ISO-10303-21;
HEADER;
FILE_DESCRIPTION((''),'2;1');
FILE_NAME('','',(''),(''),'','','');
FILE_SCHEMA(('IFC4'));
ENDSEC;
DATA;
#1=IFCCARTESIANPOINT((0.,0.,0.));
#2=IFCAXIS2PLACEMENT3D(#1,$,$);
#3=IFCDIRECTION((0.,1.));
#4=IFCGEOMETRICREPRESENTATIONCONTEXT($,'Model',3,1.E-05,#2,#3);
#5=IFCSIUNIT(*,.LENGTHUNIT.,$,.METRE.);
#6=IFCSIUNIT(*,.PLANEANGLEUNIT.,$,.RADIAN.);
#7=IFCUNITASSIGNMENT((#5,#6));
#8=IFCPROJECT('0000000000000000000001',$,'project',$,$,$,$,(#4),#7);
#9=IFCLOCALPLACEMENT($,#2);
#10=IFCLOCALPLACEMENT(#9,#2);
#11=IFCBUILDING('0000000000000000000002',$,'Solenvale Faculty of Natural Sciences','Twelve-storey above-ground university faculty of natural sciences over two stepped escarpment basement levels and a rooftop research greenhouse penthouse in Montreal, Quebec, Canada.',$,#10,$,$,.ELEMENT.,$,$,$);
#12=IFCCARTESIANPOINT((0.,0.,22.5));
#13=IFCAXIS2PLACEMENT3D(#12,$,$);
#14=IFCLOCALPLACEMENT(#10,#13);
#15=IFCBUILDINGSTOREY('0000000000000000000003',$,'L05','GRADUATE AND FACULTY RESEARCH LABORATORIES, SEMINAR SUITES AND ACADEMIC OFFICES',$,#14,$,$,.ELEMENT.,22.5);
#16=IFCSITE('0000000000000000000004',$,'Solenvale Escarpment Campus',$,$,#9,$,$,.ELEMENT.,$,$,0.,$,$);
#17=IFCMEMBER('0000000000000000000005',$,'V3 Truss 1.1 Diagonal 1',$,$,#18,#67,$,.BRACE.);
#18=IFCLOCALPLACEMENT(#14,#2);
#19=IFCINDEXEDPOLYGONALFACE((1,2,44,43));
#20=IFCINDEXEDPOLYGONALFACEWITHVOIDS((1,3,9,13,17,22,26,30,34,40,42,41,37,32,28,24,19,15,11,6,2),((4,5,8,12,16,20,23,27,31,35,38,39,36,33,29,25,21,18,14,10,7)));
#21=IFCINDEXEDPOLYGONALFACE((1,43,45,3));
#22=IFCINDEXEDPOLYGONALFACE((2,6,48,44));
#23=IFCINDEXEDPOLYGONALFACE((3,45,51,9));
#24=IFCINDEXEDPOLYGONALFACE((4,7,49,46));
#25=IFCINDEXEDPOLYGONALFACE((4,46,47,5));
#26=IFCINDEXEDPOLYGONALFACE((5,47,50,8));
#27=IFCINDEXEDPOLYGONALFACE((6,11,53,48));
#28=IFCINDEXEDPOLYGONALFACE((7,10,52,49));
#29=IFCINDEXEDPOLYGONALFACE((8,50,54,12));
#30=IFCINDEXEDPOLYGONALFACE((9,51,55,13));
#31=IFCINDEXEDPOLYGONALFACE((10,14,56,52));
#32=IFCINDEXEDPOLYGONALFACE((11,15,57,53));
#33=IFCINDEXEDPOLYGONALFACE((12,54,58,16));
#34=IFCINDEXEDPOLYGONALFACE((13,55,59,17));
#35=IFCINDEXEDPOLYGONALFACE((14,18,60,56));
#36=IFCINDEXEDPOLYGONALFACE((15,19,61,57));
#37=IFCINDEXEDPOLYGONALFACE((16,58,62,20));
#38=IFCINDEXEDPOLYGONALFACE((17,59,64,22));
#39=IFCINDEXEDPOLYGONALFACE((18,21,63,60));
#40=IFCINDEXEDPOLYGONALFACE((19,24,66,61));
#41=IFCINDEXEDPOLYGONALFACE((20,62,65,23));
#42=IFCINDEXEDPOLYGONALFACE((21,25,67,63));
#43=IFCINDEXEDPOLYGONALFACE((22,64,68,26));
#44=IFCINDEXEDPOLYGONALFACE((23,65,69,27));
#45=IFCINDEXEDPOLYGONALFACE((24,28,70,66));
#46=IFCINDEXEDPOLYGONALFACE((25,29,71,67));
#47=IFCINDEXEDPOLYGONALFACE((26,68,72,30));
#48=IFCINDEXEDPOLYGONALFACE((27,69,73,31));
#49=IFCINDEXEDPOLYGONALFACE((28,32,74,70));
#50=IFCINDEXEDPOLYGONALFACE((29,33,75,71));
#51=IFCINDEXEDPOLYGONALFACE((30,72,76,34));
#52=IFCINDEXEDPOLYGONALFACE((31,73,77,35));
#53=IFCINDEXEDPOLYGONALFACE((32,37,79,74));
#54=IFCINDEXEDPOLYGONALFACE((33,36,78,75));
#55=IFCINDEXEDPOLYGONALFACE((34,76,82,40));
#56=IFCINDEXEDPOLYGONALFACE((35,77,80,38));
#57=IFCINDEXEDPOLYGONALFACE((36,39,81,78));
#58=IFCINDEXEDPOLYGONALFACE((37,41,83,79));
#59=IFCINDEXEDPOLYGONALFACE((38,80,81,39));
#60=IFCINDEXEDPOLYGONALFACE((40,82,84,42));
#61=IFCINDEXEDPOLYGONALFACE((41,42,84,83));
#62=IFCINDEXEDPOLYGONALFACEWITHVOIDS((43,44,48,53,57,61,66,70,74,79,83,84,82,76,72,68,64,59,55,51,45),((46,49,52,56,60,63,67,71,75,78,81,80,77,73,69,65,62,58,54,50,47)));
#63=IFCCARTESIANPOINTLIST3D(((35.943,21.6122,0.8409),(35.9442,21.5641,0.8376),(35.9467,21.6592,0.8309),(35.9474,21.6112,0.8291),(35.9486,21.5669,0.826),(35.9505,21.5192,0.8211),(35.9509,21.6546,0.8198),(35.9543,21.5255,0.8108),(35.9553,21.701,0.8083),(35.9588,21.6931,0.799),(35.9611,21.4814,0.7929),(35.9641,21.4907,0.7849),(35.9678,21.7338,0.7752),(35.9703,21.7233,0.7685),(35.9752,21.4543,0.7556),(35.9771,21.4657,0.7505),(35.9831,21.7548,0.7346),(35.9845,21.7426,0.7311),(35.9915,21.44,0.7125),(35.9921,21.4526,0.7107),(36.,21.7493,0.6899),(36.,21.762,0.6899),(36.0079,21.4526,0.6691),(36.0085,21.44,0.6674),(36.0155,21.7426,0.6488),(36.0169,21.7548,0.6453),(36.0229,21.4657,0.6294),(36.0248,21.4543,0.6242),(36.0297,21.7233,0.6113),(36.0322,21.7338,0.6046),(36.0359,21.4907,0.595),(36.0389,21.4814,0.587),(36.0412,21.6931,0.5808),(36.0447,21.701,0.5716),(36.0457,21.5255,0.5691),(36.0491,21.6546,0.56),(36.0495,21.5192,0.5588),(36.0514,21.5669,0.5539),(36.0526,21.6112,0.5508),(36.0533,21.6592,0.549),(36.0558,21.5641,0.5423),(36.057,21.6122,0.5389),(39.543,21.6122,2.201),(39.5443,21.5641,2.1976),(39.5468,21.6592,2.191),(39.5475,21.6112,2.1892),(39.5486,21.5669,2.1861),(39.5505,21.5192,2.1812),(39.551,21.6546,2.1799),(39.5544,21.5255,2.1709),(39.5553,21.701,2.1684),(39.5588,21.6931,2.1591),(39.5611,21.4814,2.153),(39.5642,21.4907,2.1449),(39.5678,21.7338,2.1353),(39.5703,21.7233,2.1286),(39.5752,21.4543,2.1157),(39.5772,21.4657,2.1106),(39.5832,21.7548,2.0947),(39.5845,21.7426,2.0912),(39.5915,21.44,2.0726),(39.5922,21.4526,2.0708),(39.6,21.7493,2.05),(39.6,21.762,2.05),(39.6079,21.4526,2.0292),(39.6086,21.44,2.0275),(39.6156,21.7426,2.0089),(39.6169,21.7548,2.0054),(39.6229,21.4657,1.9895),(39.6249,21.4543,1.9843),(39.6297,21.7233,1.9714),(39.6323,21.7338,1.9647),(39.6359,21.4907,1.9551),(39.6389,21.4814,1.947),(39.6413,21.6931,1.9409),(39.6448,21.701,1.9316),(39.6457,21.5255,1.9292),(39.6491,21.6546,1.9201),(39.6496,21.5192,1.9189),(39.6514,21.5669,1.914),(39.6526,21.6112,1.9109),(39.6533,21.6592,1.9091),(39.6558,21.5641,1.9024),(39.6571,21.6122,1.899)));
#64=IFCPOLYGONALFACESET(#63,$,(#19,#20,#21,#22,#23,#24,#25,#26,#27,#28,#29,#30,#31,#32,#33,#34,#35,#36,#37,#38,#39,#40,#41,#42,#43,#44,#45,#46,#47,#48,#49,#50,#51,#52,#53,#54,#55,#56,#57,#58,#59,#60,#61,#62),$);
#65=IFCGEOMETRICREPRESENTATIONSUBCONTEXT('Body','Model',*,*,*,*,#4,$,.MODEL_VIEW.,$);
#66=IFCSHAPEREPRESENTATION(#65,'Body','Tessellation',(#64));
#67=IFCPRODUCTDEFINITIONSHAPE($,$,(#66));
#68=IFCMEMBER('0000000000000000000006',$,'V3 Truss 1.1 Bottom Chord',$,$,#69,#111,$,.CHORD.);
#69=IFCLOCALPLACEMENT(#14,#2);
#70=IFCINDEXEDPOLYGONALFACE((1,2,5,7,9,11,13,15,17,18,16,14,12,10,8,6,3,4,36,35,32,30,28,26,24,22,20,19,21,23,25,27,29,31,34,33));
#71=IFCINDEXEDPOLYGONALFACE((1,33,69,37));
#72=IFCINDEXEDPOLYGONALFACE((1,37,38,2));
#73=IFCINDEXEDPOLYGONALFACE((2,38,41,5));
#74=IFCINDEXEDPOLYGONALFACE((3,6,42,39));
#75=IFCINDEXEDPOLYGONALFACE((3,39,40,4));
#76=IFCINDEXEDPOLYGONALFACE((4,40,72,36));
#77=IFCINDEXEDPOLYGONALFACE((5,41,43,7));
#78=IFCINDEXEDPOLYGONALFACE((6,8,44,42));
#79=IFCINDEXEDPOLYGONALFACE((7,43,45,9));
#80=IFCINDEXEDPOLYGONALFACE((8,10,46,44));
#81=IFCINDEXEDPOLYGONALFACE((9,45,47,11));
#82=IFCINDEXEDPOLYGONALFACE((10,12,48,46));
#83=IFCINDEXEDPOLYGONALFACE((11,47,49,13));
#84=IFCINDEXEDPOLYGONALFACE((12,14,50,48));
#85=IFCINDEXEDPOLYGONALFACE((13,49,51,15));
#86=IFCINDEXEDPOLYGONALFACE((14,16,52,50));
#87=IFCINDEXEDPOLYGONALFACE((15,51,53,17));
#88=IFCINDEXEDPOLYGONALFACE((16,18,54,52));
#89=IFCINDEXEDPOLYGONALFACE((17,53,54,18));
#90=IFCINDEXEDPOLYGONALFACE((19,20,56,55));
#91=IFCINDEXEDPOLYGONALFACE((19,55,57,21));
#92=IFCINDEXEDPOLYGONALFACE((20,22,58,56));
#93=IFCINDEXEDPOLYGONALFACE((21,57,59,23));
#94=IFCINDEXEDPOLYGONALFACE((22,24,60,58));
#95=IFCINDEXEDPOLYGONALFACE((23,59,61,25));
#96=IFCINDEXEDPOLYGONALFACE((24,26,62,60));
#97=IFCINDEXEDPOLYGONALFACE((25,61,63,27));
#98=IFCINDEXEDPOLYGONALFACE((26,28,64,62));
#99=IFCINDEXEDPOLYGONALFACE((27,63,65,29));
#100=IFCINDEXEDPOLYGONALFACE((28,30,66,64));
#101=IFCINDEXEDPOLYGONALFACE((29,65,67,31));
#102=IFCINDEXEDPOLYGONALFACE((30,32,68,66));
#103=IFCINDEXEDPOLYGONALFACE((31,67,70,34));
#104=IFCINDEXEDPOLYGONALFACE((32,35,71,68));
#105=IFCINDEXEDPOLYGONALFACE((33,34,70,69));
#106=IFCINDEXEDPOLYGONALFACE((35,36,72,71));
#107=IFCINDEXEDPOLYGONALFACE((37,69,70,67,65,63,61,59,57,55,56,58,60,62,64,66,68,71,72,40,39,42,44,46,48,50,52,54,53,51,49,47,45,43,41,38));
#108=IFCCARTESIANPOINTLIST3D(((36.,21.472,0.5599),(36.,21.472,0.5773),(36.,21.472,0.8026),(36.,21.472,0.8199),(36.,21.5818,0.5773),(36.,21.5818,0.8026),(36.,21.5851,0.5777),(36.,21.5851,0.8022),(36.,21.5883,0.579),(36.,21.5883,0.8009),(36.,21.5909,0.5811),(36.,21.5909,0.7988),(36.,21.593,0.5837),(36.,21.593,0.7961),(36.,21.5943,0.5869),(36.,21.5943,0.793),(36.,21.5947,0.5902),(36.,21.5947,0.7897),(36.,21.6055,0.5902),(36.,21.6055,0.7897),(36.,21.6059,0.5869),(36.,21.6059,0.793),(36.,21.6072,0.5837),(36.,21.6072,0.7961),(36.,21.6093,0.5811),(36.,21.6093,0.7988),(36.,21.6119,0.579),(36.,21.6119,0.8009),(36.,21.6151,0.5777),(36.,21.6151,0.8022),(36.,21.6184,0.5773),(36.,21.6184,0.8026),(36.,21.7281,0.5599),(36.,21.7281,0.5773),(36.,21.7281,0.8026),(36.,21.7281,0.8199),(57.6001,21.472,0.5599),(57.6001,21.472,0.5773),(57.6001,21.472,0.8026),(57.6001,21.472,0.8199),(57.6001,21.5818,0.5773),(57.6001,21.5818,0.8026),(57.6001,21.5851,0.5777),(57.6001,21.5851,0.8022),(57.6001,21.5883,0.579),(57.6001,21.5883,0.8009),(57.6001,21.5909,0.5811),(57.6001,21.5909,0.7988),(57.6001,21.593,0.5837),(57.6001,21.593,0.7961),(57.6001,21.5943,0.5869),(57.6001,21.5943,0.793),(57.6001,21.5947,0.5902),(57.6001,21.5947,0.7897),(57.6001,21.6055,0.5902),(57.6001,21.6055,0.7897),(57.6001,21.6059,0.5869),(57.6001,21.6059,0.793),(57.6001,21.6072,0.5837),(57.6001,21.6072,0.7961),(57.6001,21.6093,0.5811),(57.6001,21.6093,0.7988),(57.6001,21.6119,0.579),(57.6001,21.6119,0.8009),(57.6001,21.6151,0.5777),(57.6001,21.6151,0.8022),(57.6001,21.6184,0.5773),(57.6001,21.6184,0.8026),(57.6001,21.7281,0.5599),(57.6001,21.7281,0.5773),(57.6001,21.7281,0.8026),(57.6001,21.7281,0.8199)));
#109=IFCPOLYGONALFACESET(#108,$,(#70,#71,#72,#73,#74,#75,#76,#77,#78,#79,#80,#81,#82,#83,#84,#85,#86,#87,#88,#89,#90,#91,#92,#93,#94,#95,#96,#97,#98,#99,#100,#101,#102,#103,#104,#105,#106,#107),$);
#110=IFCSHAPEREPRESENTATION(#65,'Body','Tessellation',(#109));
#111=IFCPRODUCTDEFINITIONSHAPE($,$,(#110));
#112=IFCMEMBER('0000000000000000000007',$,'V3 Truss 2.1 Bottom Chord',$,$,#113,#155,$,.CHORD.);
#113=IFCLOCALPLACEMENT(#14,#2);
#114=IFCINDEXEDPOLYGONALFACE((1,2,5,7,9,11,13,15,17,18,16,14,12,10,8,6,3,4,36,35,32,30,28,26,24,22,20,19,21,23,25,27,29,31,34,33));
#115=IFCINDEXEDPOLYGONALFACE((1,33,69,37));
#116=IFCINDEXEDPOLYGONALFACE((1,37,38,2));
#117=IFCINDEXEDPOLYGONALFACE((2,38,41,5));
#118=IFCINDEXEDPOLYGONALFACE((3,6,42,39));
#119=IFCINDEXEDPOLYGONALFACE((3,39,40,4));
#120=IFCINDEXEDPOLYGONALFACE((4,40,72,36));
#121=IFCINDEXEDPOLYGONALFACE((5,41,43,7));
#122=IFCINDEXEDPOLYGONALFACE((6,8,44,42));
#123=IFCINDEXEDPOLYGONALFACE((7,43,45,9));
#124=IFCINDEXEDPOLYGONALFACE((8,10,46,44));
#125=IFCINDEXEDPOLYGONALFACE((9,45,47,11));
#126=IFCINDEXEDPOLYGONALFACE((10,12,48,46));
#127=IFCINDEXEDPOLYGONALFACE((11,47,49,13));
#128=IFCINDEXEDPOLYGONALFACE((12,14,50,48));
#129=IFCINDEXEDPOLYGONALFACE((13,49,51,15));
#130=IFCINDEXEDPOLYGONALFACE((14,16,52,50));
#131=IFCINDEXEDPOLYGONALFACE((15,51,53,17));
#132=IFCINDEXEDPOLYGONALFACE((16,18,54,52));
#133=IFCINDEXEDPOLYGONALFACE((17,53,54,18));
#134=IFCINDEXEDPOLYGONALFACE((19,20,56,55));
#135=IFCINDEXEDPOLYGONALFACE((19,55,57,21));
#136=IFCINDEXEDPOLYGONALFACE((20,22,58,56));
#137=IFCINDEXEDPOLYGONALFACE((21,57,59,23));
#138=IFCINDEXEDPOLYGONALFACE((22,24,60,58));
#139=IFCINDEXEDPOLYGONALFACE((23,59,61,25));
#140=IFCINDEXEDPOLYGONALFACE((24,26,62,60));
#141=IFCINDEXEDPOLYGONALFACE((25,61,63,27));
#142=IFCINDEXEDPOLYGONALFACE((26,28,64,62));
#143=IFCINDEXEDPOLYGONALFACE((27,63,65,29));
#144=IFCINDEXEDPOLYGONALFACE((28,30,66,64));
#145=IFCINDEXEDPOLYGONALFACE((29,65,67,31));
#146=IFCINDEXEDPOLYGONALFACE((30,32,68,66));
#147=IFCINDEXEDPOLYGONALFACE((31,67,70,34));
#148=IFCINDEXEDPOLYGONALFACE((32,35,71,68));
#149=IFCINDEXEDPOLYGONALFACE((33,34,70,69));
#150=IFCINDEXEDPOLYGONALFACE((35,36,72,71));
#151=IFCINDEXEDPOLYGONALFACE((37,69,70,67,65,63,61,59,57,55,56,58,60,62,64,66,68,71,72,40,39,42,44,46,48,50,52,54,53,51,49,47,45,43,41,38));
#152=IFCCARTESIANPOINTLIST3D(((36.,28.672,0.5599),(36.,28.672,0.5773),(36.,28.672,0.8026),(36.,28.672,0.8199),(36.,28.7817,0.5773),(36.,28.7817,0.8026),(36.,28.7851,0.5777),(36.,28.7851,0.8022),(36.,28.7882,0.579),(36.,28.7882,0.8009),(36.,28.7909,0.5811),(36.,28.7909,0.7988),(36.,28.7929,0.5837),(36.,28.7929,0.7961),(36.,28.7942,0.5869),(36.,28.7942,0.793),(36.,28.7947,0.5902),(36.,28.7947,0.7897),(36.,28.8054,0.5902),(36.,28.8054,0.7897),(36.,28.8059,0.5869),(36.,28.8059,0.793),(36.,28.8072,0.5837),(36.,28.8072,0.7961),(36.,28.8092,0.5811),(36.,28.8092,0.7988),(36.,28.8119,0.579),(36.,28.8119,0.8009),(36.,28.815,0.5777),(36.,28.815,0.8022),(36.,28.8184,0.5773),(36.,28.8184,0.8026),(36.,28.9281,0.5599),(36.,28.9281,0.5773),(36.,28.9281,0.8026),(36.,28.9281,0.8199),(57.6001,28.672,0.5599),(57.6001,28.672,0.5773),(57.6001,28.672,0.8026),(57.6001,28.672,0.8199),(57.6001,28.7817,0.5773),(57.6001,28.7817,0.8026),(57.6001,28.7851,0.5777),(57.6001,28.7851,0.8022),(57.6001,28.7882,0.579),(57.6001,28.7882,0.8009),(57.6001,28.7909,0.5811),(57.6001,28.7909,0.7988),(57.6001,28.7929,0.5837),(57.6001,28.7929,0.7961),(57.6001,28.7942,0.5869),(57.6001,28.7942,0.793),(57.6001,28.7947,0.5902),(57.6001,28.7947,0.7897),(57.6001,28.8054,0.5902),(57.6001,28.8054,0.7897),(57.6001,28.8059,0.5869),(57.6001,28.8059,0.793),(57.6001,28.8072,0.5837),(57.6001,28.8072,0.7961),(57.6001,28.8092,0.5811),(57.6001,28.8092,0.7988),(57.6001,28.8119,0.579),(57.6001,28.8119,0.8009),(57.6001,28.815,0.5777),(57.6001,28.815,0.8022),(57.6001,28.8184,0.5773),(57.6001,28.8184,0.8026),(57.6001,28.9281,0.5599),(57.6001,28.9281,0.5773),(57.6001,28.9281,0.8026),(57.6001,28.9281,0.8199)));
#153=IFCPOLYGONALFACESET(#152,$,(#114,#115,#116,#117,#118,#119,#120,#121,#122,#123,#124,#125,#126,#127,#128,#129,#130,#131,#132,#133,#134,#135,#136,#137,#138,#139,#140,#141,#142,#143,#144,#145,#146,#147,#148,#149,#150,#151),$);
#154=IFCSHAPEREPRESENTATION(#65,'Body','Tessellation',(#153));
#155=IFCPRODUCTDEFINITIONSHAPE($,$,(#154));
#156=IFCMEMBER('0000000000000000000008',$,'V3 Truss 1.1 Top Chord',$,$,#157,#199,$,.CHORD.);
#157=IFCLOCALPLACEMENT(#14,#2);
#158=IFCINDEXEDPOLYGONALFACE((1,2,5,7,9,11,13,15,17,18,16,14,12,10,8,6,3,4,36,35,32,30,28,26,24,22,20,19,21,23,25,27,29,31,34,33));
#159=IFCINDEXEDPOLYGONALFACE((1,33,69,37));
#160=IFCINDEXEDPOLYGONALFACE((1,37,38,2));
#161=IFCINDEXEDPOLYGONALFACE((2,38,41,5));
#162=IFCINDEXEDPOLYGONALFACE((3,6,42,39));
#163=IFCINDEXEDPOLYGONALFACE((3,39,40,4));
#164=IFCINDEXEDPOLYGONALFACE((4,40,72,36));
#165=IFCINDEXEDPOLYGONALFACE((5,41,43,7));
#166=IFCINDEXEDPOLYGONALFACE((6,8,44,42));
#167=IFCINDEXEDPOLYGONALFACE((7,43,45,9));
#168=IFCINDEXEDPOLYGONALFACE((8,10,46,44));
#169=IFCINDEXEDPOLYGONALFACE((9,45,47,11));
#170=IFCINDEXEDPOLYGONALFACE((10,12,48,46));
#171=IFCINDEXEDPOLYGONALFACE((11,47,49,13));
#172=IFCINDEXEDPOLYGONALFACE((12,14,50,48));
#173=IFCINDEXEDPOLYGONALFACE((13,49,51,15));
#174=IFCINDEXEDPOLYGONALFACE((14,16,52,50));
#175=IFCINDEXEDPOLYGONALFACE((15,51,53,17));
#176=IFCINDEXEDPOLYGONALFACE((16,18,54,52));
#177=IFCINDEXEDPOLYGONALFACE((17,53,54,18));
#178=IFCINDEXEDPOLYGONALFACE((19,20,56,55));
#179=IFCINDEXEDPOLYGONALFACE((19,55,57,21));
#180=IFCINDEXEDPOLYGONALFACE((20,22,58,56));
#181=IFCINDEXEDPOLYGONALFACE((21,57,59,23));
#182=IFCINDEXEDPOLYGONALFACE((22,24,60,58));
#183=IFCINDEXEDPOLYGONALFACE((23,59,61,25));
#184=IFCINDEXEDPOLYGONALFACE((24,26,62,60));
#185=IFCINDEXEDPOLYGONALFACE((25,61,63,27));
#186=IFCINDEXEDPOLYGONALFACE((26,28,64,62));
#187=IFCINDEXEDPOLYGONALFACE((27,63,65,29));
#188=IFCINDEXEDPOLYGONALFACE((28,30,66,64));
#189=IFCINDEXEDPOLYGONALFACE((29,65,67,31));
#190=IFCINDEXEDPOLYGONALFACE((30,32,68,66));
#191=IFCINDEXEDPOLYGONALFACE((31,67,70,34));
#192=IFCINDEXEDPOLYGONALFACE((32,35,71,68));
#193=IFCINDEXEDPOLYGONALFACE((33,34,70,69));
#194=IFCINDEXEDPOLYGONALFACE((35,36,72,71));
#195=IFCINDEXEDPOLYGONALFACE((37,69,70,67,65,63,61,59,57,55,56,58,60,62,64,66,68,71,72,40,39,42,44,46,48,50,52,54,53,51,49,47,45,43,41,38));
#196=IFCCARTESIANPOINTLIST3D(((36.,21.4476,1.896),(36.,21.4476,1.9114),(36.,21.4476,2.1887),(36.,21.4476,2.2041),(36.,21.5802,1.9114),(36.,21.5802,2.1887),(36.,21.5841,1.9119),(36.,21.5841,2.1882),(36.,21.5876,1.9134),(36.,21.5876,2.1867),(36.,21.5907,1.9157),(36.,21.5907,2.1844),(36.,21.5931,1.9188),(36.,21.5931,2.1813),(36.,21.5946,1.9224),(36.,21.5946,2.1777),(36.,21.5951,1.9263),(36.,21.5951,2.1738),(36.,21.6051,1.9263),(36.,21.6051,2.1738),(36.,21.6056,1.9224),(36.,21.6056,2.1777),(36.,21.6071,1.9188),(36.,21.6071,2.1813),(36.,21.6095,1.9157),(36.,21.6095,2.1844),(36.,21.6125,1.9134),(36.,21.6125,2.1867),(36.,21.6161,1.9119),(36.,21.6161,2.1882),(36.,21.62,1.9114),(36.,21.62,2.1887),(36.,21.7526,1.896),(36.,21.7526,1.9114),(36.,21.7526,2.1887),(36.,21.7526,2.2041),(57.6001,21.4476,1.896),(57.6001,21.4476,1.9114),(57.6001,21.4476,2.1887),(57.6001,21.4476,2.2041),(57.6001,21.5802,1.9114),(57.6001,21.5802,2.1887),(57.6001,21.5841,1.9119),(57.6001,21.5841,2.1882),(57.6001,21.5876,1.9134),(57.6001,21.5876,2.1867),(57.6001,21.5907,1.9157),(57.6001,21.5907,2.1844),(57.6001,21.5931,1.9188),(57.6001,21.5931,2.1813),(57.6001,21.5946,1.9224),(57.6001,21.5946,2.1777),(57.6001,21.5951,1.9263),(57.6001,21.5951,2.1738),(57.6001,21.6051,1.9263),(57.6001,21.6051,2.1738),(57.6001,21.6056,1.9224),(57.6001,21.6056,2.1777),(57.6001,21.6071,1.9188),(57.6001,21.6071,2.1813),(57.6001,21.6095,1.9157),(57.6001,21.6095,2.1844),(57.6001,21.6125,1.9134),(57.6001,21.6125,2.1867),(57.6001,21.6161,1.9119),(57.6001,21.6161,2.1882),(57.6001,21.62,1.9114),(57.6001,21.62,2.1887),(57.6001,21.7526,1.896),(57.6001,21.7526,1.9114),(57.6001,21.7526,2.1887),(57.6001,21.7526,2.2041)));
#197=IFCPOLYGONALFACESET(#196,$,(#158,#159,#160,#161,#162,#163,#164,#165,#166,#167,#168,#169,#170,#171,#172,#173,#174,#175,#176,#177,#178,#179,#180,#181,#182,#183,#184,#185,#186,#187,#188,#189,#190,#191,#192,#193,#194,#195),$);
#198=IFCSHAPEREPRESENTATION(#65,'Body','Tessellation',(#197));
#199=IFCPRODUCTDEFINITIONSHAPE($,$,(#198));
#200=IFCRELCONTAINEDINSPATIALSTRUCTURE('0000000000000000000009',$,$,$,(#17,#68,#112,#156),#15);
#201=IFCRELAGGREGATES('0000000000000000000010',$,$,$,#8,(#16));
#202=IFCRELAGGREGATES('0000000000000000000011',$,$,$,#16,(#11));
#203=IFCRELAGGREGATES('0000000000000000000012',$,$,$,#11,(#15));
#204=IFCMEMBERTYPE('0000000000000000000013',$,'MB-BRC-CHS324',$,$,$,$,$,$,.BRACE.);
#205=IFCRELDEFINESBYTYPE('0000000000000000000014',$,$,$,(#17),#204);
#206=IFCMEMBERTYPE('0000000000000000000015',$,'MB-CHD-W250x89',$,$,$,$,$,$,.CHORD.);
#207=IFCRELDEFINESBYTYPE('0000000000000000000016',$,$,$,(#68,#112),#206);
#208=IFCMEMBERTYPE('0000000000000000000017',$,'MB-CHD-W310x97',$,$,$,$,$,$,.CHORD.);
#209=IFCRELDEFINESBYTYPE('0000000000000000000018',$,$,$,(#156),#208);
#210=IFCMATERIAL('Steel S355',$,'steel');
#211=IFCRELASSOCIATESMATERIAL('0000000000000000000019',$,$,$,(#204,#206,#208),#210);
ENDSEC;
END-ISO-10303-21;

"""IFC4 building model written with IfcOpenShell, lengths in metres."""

from ifc_helpers import new_model, si_unit, direction, frame, origin, origin_2d, place, context, subcontext, project, spatial, hollow_circle, i_section, extrude, material, material_profile, profile_set, type_object, element, save


model = new_model("IFC4")

# Units and contexts
model_context = context("Model", 3, precision=1e-05, world=origin(), true_north=direction((0.0, 1.0)))
body_context = subcontext(model_context, "Body", "Model", "MODEL_VIEW")
ifc_project = project(units=[si_unit("LENGTHUNIT", "METRE"), si_unit("PLANEANGLEUNIT", "RADIAN")], contexts=[model_context])

# Site, building, storey
site_placement = place(None, origin())
site = spatial("IfcSite", under=ifc_project, at=site_placement, Name="Solenvale Escarpment Campus", CompositionType="ELEMENT", RefElevation=0.0)
building_placement = place(site_placement, origin())
building = spatial("IfcBuilding", under=site, at=building_placement, Name="Solenvale Faculty of Natural Sciences", Description="Twelve-storey above-ground university faculty of natural sciences over two stepped escarpment basement levels and a rooftop research greenhouse penthouse in Montreal, Quebec, Canada.", CompositionType="ELEMENT")
storey_placement = place(building_placement, frame((0.0, 0.0, 22.5)))
storey = spatial("IfcBuildingStorey", under=building, at=storey_placement, Name="L05", Description="GRADUATE AND FACULTY RESEARCH LABORATORIES, SEMINAR SUITES AND ACADEMIC OFFICES", CompositionType="ELEMENT", Elevation=22.5)

# Shared definitions
ifc_material_1 = material(Name="Steel S355", Category="steel")

# Members
ifc_material_profile_1 = material_profile(ifc_material_1, hollow_circle(Radius=0.1619, WallThickness=0.0127, at=origin_2d()), Name="HSS324x13")
ifc_profile_set_1 = profile_set([ifc_material_profile_1], Name="Steel S355")
member_type_1 = type_object("IfcMemberType", Name="MB-BRC-CHS324", PredefinedType="BRACE", material=ifc_profile_set_1)
member_1_placement = place(storey_placement, frame((36.0, 21.6001, 0.6899), z_axis=(0.935466, 0.0, 0.353417), x_axis=(0.0, 1.0, 0.0)))
element("IfcMember", 1, at=member_1_placement, inside=storey, type_object=member_type_1, Name="V3 Truss 1.1 Diagonal 1", PredefinedType="BRACE", context=body_context, shape_type="SweptSolid", body=[
    extrude(hollow_circle(Radius=0.1619, WallThickness=0.0127, at=origin_2d()), origin(), (0.0, 0.0, 1.0), 3.8484),
])
ifc_material_profile_2 = material_profile(ifc_material_1, i_section(OverallWidth=0.2561, OverallDepth=0.26, WebThickness=0.0107, FlangeThickness=0.0173, FilletRadius=0.0129, at=origin_2d()), Name="W250x89")
ifc_profile_set_2 = profile_set([ifc_material_profile_2], Name="Steel S355")
member_type_2 = type_object("IfcMemberType", Name="MB-CHD-W250x89", PredefinedType="CHORD", material=ifc_profile_set_2)
for number, where, z_axis, x_axis, name in (
    (2, (36.0, 21.6001, 0.6899), (1.0, 0.0, 0.0), (0.0, 1.0, 0.0), "V3 Truss 1.1 Bottom Chord"),
    (3, (36.0, 28.8, 0.6899), (1.0, 0.0, 0.0), (0.0, 1.0, 0.0), "V3 Truss 2.1 Bottom Chord"),
):
    element("IfcMember", number, at=place(storey_placement, frame(where, z_axis=z_axis, x_axis=x_axis)), inside=storey, type_object=member_type_2, Name=name, PredefinedType="CHORD", context=body_context, shape_type="SweptSolid", body=[
        extrude(i_section(OverallWidth=0.2561, OverallDepth=0.26, WebThickness=0.0107, FlangeThickness=0.0173, FilletRadius=0.0129, at=origin_2d()), origin(), (0.0, 0.0, 1.0), 21.6001),
    ])
ifc_material_profile_3 = material_profile(ifc_material_1, i_section(OverallWidth=0.3049, OverallDepth=0.3081, WebThickness=0.01, FlangeThickness=0.0154, FilletRadius=0.0149, at=origin_2d()), Name="W310x97")
ifc_profile_set_3 = profile_set([ifc_material_profile_3], Name="Steel S355")
member_type_3 = type_object("IfcMemberType", Name="MB-CHD-W310x97", PredefinedType="CHORD", material=ifc_profile_set_3)
for number, where, z_axis, x_axis, name in (
    (4, (36.0, 21.6001, 2.05), (1.0, 0.0, 0.0), (0.0, 1.0, 0.0), "V3 Truss 1.1 Top Chord"),
):
    element("IfcMember", number, at=place(storey_placement, frame(where, z_axis=z_axis, x_axis=x_axis)), inside=storey, type_object=member_type_3, Name=name, PredefinedType="CHORD", context=body_context, shape_type="SweptSolid", body=[
        extrude(i_section(OverallWidth=0.3049, OverallDepth=0.3081, WebThickness=0.01, FlangeThickness=0.0154, FilletRadius=0.0149, at=origin_2d()), origin(), (0.0, 0.0, 1.0), 21.6001),
    ])

save(model, "model.ifc")
